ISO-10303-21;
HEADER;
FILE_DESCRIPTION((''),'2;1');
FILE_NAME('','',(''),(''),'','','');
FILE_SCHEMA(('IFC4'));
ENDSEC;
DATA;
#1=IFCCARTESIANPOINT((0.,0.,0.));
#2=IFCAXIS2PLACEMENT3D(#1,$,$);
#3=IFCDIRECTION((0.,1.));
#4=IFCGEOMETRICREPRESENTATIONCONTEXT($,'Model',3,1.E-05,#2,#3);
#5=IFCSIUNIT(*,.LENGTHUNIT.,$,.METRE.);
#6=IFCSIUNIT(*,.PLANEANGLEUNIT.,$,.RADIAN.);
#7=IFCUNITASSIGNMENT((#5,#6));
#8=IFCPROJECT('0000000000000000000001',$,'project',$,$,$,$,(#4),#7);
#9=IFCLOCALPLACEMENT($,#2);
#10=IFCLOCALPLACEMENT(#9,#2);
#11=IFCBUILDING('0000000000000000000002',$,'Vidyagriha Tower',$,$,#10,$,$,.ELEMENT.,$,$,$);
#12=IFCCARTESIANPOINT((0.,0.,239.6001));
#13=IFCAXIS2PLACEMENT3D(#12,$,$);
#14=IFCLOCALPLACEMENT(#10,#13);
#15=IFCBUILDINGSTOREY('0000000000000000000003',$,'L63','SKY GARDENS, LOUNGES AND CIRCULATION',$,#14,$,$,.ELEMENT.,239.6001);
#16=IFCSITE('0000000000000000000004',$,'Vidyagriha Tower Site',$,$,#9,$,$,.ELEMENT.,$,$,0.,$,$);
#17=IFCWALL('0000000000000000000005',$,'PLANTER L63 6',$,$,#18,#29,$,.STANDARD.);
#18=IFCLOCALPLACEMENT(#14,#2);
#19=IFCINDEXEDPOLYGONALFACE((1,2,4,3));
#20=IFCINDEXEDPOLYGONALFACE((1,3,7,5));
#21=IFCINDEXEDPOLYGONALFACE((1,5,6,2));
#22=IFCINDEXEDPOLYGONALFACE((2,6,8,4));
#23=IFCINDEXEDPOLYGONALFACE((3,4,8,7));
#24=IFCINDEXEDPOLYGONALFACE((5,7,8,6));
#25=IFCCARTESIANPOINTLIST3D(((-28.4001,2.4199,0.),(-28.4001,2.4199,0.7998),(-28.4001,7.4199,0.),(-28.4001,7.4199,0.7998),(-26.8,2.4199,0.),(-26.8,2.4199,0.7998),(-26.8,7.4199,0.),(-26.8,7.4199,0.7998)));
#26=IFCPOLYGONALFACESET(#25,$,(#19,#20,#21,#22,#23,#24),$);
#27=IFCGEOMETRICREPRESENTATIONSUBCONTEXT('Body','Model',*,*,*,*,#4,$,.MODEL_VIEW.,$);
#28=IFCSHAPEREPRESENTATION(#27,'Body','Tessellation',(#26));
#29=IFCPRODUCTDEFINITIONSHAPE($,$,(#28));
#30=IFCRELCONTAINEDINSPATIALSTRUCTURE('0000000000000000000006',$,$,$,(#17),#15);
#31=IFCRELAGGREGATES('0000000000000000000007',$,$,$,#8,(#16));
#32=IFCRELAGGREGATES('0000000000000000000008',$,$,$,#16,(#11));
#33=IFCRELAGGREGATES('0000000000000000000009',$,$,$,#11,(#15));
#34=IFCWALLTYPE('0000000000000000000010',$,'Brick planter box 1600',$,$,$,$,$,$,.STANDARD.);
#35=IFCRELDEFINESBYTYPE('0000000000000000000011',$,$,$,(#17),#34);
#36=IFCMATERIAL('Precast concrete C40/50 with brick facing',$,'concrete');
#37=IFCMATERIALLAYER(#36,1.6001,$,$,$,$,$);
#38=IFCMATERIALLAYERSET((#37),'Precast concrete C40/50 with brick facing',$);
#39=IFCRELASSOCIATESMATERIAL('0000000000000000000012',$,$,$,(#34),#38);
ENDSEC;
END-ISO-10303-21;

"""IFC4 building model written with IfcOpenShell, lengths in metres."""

from ifc_helpers import new_model, si_unit, direction, frame, frame_2d, origin, place, context, subcontext, project, spatial, rectangle, extrude, material, layer, layer_set, type_object, element, save


model = new_model("IFC4")

# Units and contexts
model_context = context("Model", 3, precision=1e-05, world=origin(), true_north=direction((0.0, 1.0)))
body_context = subcontext(model_context, "Body", "Model", "MODEL_VIEW")
ifc_project = project(units=[si_unit("LENGTHUNIT", "METRE"), si_unit("PLANEANGLEUNIT", "RADIAN")], contexts=[model_context])

# Site, building, storey
site_placement = place(None, origin())
site = spatial("IfcSite", under=ifc_project, at=site_placement, Name="Vidyagriha Tower Site", CompositionType="ELEMENT", RefElevation=0.0)
building_placement = place(site_placement, origin())
building = spatial("IfcBuilding", under=site, at=building_placement, Name="Vidyagriha Tower", CompositionType="ELEMENT")
storey_placement = place(building_placement, frame((0.0, 0.0, 239.6001)))
storey = spatial("IfcBuildingStorey", under=building, at=storey_placement, Name="L63", Description="SKY GARDENS, LOUNGES AND CIRCULATION", CompositionType="ELEMENT", Elevation=239.6001)

# Wall
ifc_material_1 = material(Name="Precast concrete C40/50 with brick facing", Category="concrete")
ifc_layer_1 = layer(ifc_material_1, 1.6001)
ifc_layer_set_1 = layer_set([ifc_layer_1], Name="Precast concrete C40/50 with brick facing")
wall_type = type_object("IfcWallType", Name="Brick planter box 1600", PredefinedType="STANDARD", material=ifc_layer_set_1)
for number, where, z_axis, x_axis, name in (
    (1, (-27.6001, 7.4199, 0.0), (0.0, 0.0, 1.0), (0.0, -1.0, 0.0), "PLANTER L63 6"),
):
    element("IfcWall", number, at=place(storey_placement, frame(where, z_axis=z_axis, x_axis=x_axis)), inside=storey, type_object=wall_type, Name=name, PredefinedType="STANDARD", context=body_context, shape_type="SweptSolid", body=[
        extrude(rectangle(XDim=5.0, YDim=1.6001, at=frame_2d((2.5, 0.0))), origin(), (0.0, 0.0, 1.0), 0.7998),
    ])

save(model, "model.ifc")
